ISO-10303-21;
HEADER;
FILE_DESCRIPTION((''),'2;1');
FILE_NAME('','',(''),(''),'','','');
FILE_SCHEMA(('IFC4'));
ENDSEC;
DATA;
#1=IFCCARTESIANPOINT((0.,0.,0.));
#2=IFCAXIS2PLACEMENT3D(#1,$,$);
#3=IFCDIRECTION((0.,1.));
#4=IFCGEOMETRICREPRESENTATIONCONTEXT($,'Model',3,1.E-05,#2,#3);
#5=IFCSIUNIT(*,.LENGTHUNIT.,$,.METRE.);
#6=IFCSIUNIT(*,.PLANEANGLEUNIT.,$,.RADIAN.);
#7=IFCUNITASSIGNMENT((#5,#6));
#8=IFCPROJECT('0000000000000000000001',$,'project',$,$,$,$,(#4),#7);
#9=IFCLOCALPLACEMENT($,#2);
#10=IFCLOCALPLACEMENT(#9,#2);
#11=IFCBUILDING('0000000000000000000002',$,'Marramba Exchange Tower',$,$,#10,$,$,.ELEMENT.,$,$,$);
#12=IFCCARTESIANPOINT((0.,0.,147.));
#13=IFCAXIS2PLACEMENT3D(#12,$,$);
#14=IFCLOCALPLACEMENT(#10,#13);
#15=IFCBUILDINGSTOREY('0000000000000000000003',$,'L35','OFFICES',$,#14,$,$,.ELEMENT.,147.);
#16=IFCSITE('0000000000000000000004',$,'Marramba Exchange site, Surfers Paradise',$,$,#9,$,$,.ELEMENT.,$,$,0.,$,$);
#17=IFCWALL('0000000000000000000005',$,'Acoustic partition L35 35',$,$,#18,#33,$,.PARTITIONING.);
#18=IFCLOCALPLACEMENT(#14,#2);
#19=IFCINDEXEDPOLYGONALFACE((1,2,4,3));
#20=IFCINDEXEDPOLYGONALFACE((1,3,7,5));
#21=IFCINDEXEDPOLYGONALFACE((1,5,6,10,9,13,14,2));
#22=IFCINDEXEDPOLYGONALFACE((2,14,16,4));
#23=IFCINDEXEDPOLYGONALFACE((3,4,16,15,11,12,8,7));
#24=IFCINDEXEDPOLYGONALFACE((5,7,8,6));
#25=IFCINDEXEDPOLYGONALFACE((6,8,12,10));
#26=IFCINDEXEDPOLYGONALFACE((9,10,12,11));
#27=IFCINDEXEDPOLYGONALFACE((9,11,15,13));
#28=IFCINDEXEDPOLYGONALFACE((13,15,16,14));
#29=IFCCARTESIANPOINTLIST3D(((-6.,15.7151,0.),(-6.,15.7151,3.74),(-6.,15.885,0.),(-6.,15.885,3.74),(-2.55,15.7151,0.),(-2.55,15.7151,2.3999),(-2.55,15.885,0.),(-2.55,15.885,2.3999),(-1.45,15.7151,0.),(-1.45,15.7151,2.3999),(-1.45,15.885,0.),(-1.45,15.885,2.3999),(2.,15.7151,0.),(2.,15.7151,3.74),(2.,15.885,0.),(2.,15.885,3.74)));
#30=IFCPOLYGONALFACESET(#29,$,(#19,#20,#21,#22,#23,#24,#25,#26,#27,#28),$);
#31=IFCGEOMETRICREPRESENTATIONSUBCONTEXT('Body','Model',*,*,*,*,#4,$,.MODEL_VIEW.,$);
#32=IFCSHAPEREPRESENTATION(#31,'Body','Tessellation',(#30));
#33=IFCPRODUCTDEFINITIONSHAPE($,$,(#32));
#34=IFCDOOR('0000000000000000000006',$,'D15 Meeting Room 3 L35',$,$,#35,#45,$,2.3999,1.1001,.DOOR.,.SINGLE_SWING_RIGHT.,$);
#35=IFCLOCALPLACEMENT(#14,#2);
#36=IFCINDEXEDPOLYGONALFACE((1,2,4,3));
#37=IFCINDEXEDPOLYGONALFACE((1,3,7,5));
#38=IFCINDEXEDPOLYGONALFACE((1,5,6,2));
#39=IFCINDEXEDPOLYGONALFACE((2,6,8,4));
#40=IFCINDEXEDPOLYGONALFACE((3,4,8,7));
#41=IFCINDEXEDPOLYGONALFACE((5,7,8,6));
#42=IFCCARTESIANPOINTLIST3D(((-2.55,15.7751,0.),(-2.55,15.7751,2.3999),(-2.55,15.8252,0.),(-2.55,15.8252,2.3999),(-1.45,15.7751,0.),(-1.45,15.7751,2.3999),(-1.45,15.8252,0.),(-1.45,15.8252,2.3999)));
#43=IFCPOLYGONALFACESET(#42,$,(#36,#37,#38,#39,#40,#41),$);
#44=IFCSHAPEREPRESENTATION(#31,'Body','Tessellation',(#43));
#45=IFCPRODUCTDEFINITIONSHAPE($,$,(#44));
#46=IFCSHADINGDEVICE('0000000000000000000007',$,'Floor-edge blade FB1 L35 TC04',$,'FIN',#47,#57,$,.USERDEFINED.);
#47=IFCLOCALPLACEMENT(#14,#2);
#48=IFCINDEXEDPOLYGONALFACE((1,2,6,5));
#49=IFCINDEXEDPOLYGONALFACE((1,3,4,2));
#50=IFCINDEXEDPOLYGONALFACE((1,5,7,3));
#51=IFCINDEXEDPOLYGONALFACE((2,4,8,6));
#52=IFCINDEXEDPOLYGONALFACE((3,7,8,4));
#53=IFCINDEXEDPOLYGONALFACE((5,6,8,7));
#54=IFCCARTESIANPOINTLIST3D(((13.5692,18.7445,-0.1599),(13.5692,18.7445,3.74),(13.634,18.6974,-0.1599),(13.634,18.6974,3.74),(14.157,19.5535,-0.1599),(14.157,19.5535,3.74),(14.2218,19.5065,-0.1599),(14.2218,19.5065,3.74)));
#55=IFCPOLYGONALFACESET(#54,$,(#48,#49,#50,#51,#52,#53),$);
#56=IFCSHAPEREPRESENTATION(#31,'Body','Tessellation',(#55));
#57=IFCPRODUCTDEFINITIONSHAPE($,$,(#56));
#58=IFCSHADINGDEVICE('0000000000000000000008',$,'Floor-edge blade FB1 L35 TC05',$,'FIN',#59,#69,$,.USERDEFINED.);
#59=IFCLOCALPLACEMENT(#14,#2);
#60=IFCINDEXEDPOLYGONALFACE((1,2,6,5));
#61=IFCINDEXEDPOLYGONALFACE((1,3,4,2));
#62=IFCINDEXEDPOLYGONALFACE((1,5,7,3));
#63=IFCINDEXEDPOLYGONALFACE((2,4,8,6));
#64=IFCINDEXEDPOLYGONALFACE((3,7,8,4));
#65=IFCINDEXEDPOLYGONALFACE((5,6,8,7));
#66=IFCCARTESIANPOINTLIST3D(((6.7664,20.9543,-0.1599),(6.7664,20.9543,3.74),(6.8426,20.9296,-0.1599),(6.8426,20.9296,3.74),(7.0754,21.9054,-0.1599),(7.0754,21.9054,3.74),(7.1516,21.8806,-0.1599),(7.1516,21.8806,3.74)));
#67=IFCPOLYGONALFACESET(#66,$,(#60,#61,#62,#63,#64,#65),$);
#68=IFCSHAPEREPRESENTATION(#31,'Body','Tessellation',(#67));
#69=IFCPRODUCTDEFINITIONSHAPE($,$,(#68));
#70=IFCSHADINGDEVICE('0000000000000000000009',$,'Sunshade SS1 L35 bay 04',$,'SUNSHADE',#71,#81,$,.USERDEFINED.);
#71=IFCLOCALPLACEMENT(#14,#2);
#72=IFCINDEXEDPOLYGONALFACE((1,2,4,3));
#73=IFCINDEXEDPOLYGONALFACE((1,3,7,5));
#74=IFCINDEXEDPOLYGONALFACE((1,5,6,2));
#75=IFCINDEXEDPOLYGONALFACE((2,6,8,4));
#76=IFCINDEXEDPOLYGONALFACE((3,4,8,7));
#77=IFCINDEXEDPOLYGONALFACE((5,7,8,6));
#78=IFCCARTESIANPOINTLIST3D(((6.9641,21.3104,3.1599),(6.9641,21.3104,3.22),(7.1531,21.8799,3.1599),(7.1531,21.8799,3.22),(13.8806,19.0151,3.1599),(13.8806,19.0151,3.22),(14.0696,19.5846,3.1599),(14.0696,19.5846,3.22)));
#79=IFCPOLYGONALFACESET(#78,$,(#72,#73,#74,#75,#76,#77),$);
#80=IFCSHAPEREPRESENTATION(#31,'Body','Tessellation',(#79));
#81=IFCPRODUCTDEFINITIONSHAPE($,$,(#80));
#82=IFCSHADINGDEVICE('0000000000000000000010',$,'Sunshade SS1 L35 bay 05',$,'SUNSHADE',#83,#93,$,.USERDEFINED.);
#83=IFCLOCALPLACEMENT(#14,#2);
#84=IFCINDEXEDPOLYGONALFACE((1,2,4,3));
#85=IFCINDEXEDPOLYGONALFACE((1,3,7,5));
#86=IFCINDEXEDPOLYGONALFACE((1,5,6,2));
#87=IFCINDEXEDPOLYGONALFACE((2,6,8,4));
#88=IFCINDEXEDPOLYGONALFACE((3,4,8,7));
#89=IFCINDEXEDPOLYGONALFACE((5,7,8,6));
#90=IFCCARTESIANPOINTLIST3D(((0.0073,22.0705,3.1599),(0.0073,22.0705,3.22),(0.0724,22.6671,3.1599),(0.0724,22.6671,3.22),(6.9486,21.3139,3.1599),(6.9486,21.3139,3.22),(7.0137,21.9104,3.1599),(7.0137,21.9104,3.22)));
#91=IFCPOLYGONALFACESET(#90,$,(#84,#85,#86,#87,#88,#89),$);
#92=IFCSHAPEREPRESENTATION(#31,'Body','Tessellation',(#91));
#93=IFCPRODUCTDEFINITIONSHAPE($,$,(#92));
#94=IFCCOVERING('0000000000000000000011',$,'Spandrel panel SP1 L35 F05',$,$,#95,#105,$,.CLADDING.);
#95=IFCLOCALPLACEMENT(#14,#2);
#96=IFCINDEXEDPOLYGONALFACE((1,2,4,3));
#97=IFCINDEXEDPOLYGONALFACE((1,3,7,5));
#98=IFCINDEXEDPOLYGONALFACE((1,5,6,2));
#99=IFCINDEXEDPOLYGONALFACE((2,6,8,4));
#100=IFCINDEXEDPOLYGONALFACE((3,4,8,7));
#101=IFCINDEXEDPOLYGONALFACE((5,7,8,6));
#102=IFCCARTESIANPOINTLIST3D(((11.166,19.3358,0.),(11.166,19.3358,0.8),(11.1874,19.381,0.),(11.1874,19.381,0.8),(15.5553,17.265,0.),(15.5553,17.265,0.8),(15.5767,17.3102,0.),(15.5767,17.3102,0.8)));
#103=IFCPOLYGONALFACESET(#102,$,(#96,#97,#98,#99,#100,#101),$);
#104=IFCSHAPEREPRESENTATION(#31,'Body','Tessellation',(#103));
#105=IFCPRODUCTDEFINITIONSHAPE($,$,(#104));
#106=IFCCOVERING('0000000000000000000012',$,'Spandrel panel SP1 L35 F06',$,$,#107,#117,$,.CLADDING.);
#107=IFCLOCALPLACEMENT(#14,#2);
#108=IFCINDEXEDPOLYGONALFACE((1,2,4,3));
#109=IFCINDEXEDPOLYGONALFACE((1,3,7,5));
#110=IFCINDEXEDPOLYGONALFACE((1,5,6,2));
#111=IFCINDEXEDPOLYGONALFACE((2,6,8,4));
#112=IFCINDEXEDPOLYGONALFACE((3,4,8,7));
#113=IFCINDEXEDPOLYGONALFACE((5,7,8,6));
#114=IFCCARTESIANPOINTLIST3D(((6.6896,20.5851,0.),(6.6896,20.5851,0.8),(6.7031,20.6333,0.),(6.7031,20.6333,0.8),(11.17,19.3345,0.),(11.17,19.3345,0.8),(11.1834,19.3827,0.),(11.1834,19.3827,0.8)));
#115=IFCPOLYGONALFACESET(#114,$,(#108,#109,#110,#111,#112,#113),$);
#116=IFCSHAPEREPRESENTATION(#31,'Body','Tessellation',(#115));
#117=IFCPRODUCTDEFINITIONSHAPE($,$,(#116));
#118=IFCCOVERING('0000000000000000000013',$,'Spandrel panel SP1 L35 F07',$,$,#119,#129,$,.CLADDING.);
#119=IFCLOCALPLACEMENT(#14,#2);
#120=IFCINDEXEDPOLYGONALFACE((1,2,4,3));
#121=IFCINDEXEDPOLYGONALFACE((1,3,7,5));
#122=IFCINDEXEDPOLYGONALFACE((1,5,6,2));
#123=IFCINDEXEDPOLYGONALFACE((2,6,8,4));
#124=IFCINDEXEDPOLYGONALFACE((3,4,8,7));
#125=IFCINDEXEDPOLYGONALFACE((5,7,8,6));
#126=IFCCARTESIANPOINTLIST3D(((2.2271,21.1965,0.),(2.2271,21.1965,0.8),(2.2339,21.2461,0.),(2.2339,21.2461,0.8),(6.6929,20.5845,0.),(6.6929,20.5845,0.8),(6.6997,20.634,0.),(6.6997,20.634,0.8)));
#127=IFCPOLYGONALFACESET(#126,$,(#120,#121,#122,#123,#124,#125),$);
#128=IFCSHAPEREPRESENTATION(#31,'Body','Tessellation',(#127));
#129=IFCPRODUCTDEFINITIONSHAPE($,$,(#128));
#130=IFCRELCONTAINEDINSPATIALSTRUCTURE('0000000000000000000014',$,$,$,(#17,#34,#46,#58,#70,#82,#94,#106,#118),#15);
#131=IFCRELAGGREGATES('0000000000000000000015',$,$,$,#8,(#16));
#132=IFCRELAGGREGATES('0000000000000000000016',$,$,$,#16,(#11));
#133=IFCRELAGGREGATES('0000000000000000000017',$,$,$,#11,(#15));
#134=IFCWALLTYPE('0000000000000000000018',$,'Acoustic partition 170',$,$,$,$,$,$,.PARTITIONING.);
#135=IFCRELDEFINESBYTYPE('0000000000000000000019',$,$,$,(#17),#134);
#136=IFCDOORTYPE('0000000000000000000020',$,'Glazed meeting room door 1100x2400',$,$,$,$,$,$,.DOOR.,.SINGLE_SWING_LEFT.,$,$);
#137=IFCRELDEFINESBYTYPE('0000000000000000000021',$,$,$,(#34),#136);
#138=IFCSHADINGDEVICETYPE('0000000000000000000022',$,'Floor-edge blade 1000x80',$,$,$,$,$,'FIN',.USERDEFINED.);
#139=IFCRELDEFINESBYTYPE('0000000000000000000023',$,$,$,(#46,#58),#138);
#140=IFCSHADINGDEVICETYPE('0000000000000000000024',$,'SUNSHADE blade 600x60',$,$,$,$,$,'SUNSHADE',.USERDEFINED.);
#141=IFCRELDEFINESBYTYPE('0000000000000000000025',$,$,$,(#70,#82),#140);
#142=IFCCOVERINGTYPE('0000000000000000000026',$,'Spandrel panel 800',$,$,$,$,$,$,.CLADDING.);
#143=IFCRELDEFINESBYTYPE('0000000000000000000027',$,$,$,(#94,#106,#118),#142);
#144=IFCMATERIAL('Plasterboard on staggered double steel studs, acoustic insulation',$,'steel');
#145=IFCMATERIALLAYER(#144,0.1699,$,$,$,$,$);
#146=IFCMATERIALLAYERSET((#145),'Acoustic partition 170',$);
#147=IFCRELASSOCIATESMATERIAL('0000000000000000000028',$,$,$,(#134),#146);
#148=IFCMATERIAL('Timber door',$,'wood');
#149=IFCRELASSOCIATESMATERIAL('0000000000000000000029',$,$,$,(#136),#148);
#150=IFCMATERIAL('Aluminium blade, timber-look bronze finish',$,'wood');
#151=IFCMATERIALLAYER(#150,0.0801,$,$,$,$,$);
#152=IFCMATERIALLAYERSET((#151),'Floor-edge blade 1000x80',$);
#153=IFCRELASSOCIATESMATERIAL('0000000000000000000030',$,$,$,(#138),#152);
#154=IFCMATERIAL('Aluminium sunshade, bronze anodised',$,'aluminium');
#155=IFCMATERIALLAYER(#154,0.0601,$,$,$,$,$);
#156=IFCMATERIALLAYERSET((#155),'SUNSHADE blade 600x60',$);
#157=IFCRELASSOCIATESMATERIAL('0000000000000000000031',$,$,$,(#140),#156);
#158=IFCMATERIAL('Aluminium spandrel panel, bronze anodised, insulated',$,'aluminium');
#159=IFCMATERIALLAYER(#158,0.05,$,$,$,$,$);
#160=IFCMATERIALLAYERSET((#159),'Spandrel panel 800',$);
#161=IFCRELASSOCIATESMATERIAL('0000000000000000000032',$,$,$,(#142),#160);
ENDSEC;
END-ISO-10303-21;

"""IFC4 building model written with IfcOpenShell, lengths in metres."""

from ifc_helpers import new_model, si_unit, direction, frame, frame_2d, origin, origin_2d, place, context, subcontext, project, spatial, rectangle, extrude, material, layer, layer_set, type_object, element, fill, save


model = new_model("IFC4")

# Units and contexts
model_context = context("Model", 3, precision=1e-05, world=origin(), true_north=direction((0.0, 1.0)))
body_context = subcontext(model_context, "Body", "Model", "MODEL_VIEW")
ifc_project = project(units=[si_unit("LENGTHUNIT", "METRE"), si_unit("PLANEANGLEUNIT", "RADIAN")], contexts=[model_context])

# Site, building, storey
site_placement = place(None, origin())
site = spatial("IfcSite", under=ifc_project, at=site_placement, Name="Marramba Exchange site, Surfers Paradise", CompositionType="ELEMENT", RefElevation=0.0)
building_placement = place(site_placement, origin())
building = spatial("IfcBuilding", under=site, at=building_placement, Name="Marramba Exchange Tower", CompositionType="ELEMENT")
storey_placement = place(building_placement, frame((0.0, 0.0, 147.0)))
storey = spatial("IfcBuildingStorey", under=building, at=storey_placement, Name="L35", Description="OFFICES", CompositionType="ELEMENT", Elevation=147.0)

# Wall, opening, door
ifc_material_1 = material(Name="Plasterboard on staggered double steel studs, acoustic insulation", Category="steel")
ifc_layer_1 = layer(ifc_material_1, 0.1699)
ifc_layer_set_1 = layer_set([ifc_layer_1], Name="Acoustic partition 170")
wall_type = type_object("IfcWallType", Name="Acoustic partition 170", PredefinedType="PARTITIONING", material=ifc_layer_set_1)
wall_placement = place(storey_placement, frame((2.0, 15.8, 0.0), z_axis=(0.0, 0.0, 1.0), x_axis=(-1.0, 0.0, 0.0)))
wall = element("IfcWall", 1, at=wall_placement, inside=storey, type_object=wall_type, Name="Acoustic partition L35 35", PredefinedType="PARTITIONING", context=body_context, shape_type="SweptSolid", body=[
    extrude(rectangle(XDim=8.0, YDim=0.1699, at=frame_2d((4.0, 0.0))), origin(), (0.0, 0.0, 1.0), 3.74),
])
opening_placement = place(wall_placement, frame((3.45, 0.0, 0.0)))
opening = element("IfcOpeningElement", 2, at=opening_placement, cuts=wall, PredefinedType="OPENING", context=body_context, shape_type="SweptSolid", body=[
    extrude(rectangle(XDim=1.1001, YDim=2.3999, at=frame_2d((0.55, 1.2))), frame((0.0, 0.095, 0.0), z_axis=(0.0, -1.0, 0.0), x_axis=(1.0, 0.0, 0.0)), (0.0, 0.0, 1.0), 0.1899),
])
ifc_material_2 = material(Name="Timber door", Category="wood")
door_type = type_object("IfcDoorType", Name="Glazed meeting room door 1100x2400", OperationType="SINGLE_SWING_LEFT", PredefinedType="DOOR", material=ifc_material_2)
door_placement = place(opening_placement, origin())
door = element("IfcDoor", 3, at=door_placement, inside=storey, type_object=door_type, Name="D15 Meeting Room 3 L35", OperationType="SINGLE_SWING_RIGHT", OverallHeight=2.3999, OverallWidth=1.1001, PredefinedType="DOOR", context=body_context, shape_type="SweptSolid", body=[
    extrude(rectangle(XDim=1.1001, YDim=2.3999, at=frame_2d((0.55, 1.2))), frame((0.0, 0.0249, 0.0), z_axis=(0.0, -1.0, 0.0), x_axis=(1.0, 0.0, 0.0)), (0.0, 0.0, 1.0), 0.05),
])
fill(opening, door)

# Shading devices
ifc_material_3 = material(Name="Aluminium blade, timber-look bronze finish", Category="wood")
ifc_layer_2 = layer(ifc_material_3, 0.0801)
ifc_layer_set_2 = layer_set([ifc_layer_2], Name="Floor-edge blade 1000x80")
shading_device_type_1 = type_object("IfcShadingDeviceType", Name="Floor-edge blade 1000x80", ElementType="FIN", PredefinedType="USERDEFINED", material=ifc_layer_set_2)
for number, where, z_axis, x_axis, name in (
    (4, (13.8955, 19.1255, -0.1599), (0.0, 0.0, 1.0), (0.587785, 0.809017, 0.0), "Floor-edge blade FB1 L35 TC04"),
    (5, (6.959, 21.4175, -0.1599), (0.0, 0.0, 1.0), (0.309017, 0.951057, 0.0), "Floor-edge blade FB1 L35 TC05"),
):
    element("IfcShadingDevice", number, at=place(storey_placement, frame(where, z_axis=z_axis, x_axis=x_axis)), inside=storey, type_object=shading_device_type_1, Name=name, ObjectType="FIN", PredefinedType="USERDEFINED", context=body_context, shape_type="SweptSolid", body=[
        extrude(rectangle(XDim=1.0, YDim=0.0801, at=origin_2d()), origin(), (0.0, 0.0, 1.0), 3.8999),
    ])
ifc_material_4 = material(Name="Aluminium sunshade, bronze anodised", Category="aluminium")
ifc_layer_3 = layer(ifc_material_4, 0.0601)
ifc_layer_set_3 = layer_set([ifc_layer_3], Name="SUNSHADE blade 600x60")
shading_device_type_2 = type_object("IfcShadingDeviceType", Name="SUNSHADE blade 600x60", ElementType="SUNSHADE", PredefinedType="USERDEFINED", material=ifc_layer_set_3)
shading_device_1_placement = place(storey_placement, frame((10.5168, 20.4475, 3.1599), z_axis=(0.0, 0.0, 1.0), x_axis=(-0.949101, 0.314972, 0.0)))
element("IfcShadingDevice", 6, at=shading_device_1_placement, inside=storey, type_object=shading_device_type_2, Name="Sunshade SS1 L35 bay 04", ObjectType="SUNSHADE", PredefinedType="USERDEFINED", context=body_context, shape_type="SweptSolid", body=[
    extrude(rectangle(XDim=7.2874, YDim=0.6001, at=origin_2d()), origin(), (0.0, 0.0, 1.0), 0.0601),
])
shading_device_2_placement = place(storey_placement, frame((3.5105, 21.9905, 3.1599), z_axis=(0.0, 0.0, 1.0), x_axis=(-0.994111, 0.108363, 0.0)))
element("IfcShadingDevice", 7, at=shading_device_2_placement, inside=storey, type_object=shading_device_type_2, Name="Sunshade SS1 L35 bay 05", ObjectType="SUNSHADE", PredefinedType="USERDEFINED", context=body_context, shape_type="SweptSolid", body=[
    extrude(rectangle(XDim=6.9824, YDim=0.6001, at=origin_2d()), origin(), (0.0, 0.0, 1.0), 0.0601),
])

# Coverings
ifc_material_5 = material(Name="Aluminium spandrel panel, bronze anodised, insulated", Category="aluminium")
ifc_layer_4 = layer(ifc_material_5, 0.05)
ifc_layer_set_4 = layer_set([ifc_layer_4], Name="Spandrel panel 800")
covering_type = type_object("IfcCoveringType", Name="Spandrel panel 800", PredefinedType="CLADDING", material=ifc_layer_set_4)
covering_1_placement = place(storey_placement, frame((13.3713, 18.323, 0.0), z_axis=(0.0, 0.0, 1.0), x_axis=(-0.904403, 0.426679, 0.0)))
element("IfcCovering", 8, at=covering_1_placement, inside=storey, type_object=covering_type, Name="Spandrel panel SP1 L35 F05", PredefinedType="CLADDING", context=body_context, shape_type="SweptSolid", body=[
    extrude(rectangle(XDim=4.8533, YDim=0.05, at=origin_2d()), origin(), (0.0, 0.0, 1.0), 0.8),
])
covering_2_placement = place(storey_placement, frame((8.9365, 19.9839, 0.0), z_axis=(0.0, 0.0, 1.0), x_axis=(-0.963178, 0.268865, 0.0)))
element("IfcCovering", 9, at=covering_2_placement, inside=storey, type_object=covering_type, Name="Spandrel panel SP1 L35 F06", PredefinedType="CLADDING", context=body_context, shape_type="SweptSolid", body=[
    extrude(rectangle(XDim=4.6516, YDim=0.05, at=origin_2d()), origin(), (0.0, 0.0, 1.0), 0.8),
])
covering_3_placement = place(storey_placement, frame((4.4634, 20.9153, 0.0), z_axis=(0.0, 0.0, 1.0), x_axis=(-0.990738, 0.135786, 0.0)))
element("IfcCovering", 10, at=covering_3_placement, inside=storey, type_object=covering_type, Name="Spandrel panel SP1 L35 F07", PredefinedType="CLADDING", context=body_context, shape_type="SweptSolid", body=[
    extrude(rectangle(XDim=4.5076, YDim=0.05, at=origin_2d()), origin(), (0.0, 0.0, 1.0), 0.8),
])

save(model, "model.ifc")
